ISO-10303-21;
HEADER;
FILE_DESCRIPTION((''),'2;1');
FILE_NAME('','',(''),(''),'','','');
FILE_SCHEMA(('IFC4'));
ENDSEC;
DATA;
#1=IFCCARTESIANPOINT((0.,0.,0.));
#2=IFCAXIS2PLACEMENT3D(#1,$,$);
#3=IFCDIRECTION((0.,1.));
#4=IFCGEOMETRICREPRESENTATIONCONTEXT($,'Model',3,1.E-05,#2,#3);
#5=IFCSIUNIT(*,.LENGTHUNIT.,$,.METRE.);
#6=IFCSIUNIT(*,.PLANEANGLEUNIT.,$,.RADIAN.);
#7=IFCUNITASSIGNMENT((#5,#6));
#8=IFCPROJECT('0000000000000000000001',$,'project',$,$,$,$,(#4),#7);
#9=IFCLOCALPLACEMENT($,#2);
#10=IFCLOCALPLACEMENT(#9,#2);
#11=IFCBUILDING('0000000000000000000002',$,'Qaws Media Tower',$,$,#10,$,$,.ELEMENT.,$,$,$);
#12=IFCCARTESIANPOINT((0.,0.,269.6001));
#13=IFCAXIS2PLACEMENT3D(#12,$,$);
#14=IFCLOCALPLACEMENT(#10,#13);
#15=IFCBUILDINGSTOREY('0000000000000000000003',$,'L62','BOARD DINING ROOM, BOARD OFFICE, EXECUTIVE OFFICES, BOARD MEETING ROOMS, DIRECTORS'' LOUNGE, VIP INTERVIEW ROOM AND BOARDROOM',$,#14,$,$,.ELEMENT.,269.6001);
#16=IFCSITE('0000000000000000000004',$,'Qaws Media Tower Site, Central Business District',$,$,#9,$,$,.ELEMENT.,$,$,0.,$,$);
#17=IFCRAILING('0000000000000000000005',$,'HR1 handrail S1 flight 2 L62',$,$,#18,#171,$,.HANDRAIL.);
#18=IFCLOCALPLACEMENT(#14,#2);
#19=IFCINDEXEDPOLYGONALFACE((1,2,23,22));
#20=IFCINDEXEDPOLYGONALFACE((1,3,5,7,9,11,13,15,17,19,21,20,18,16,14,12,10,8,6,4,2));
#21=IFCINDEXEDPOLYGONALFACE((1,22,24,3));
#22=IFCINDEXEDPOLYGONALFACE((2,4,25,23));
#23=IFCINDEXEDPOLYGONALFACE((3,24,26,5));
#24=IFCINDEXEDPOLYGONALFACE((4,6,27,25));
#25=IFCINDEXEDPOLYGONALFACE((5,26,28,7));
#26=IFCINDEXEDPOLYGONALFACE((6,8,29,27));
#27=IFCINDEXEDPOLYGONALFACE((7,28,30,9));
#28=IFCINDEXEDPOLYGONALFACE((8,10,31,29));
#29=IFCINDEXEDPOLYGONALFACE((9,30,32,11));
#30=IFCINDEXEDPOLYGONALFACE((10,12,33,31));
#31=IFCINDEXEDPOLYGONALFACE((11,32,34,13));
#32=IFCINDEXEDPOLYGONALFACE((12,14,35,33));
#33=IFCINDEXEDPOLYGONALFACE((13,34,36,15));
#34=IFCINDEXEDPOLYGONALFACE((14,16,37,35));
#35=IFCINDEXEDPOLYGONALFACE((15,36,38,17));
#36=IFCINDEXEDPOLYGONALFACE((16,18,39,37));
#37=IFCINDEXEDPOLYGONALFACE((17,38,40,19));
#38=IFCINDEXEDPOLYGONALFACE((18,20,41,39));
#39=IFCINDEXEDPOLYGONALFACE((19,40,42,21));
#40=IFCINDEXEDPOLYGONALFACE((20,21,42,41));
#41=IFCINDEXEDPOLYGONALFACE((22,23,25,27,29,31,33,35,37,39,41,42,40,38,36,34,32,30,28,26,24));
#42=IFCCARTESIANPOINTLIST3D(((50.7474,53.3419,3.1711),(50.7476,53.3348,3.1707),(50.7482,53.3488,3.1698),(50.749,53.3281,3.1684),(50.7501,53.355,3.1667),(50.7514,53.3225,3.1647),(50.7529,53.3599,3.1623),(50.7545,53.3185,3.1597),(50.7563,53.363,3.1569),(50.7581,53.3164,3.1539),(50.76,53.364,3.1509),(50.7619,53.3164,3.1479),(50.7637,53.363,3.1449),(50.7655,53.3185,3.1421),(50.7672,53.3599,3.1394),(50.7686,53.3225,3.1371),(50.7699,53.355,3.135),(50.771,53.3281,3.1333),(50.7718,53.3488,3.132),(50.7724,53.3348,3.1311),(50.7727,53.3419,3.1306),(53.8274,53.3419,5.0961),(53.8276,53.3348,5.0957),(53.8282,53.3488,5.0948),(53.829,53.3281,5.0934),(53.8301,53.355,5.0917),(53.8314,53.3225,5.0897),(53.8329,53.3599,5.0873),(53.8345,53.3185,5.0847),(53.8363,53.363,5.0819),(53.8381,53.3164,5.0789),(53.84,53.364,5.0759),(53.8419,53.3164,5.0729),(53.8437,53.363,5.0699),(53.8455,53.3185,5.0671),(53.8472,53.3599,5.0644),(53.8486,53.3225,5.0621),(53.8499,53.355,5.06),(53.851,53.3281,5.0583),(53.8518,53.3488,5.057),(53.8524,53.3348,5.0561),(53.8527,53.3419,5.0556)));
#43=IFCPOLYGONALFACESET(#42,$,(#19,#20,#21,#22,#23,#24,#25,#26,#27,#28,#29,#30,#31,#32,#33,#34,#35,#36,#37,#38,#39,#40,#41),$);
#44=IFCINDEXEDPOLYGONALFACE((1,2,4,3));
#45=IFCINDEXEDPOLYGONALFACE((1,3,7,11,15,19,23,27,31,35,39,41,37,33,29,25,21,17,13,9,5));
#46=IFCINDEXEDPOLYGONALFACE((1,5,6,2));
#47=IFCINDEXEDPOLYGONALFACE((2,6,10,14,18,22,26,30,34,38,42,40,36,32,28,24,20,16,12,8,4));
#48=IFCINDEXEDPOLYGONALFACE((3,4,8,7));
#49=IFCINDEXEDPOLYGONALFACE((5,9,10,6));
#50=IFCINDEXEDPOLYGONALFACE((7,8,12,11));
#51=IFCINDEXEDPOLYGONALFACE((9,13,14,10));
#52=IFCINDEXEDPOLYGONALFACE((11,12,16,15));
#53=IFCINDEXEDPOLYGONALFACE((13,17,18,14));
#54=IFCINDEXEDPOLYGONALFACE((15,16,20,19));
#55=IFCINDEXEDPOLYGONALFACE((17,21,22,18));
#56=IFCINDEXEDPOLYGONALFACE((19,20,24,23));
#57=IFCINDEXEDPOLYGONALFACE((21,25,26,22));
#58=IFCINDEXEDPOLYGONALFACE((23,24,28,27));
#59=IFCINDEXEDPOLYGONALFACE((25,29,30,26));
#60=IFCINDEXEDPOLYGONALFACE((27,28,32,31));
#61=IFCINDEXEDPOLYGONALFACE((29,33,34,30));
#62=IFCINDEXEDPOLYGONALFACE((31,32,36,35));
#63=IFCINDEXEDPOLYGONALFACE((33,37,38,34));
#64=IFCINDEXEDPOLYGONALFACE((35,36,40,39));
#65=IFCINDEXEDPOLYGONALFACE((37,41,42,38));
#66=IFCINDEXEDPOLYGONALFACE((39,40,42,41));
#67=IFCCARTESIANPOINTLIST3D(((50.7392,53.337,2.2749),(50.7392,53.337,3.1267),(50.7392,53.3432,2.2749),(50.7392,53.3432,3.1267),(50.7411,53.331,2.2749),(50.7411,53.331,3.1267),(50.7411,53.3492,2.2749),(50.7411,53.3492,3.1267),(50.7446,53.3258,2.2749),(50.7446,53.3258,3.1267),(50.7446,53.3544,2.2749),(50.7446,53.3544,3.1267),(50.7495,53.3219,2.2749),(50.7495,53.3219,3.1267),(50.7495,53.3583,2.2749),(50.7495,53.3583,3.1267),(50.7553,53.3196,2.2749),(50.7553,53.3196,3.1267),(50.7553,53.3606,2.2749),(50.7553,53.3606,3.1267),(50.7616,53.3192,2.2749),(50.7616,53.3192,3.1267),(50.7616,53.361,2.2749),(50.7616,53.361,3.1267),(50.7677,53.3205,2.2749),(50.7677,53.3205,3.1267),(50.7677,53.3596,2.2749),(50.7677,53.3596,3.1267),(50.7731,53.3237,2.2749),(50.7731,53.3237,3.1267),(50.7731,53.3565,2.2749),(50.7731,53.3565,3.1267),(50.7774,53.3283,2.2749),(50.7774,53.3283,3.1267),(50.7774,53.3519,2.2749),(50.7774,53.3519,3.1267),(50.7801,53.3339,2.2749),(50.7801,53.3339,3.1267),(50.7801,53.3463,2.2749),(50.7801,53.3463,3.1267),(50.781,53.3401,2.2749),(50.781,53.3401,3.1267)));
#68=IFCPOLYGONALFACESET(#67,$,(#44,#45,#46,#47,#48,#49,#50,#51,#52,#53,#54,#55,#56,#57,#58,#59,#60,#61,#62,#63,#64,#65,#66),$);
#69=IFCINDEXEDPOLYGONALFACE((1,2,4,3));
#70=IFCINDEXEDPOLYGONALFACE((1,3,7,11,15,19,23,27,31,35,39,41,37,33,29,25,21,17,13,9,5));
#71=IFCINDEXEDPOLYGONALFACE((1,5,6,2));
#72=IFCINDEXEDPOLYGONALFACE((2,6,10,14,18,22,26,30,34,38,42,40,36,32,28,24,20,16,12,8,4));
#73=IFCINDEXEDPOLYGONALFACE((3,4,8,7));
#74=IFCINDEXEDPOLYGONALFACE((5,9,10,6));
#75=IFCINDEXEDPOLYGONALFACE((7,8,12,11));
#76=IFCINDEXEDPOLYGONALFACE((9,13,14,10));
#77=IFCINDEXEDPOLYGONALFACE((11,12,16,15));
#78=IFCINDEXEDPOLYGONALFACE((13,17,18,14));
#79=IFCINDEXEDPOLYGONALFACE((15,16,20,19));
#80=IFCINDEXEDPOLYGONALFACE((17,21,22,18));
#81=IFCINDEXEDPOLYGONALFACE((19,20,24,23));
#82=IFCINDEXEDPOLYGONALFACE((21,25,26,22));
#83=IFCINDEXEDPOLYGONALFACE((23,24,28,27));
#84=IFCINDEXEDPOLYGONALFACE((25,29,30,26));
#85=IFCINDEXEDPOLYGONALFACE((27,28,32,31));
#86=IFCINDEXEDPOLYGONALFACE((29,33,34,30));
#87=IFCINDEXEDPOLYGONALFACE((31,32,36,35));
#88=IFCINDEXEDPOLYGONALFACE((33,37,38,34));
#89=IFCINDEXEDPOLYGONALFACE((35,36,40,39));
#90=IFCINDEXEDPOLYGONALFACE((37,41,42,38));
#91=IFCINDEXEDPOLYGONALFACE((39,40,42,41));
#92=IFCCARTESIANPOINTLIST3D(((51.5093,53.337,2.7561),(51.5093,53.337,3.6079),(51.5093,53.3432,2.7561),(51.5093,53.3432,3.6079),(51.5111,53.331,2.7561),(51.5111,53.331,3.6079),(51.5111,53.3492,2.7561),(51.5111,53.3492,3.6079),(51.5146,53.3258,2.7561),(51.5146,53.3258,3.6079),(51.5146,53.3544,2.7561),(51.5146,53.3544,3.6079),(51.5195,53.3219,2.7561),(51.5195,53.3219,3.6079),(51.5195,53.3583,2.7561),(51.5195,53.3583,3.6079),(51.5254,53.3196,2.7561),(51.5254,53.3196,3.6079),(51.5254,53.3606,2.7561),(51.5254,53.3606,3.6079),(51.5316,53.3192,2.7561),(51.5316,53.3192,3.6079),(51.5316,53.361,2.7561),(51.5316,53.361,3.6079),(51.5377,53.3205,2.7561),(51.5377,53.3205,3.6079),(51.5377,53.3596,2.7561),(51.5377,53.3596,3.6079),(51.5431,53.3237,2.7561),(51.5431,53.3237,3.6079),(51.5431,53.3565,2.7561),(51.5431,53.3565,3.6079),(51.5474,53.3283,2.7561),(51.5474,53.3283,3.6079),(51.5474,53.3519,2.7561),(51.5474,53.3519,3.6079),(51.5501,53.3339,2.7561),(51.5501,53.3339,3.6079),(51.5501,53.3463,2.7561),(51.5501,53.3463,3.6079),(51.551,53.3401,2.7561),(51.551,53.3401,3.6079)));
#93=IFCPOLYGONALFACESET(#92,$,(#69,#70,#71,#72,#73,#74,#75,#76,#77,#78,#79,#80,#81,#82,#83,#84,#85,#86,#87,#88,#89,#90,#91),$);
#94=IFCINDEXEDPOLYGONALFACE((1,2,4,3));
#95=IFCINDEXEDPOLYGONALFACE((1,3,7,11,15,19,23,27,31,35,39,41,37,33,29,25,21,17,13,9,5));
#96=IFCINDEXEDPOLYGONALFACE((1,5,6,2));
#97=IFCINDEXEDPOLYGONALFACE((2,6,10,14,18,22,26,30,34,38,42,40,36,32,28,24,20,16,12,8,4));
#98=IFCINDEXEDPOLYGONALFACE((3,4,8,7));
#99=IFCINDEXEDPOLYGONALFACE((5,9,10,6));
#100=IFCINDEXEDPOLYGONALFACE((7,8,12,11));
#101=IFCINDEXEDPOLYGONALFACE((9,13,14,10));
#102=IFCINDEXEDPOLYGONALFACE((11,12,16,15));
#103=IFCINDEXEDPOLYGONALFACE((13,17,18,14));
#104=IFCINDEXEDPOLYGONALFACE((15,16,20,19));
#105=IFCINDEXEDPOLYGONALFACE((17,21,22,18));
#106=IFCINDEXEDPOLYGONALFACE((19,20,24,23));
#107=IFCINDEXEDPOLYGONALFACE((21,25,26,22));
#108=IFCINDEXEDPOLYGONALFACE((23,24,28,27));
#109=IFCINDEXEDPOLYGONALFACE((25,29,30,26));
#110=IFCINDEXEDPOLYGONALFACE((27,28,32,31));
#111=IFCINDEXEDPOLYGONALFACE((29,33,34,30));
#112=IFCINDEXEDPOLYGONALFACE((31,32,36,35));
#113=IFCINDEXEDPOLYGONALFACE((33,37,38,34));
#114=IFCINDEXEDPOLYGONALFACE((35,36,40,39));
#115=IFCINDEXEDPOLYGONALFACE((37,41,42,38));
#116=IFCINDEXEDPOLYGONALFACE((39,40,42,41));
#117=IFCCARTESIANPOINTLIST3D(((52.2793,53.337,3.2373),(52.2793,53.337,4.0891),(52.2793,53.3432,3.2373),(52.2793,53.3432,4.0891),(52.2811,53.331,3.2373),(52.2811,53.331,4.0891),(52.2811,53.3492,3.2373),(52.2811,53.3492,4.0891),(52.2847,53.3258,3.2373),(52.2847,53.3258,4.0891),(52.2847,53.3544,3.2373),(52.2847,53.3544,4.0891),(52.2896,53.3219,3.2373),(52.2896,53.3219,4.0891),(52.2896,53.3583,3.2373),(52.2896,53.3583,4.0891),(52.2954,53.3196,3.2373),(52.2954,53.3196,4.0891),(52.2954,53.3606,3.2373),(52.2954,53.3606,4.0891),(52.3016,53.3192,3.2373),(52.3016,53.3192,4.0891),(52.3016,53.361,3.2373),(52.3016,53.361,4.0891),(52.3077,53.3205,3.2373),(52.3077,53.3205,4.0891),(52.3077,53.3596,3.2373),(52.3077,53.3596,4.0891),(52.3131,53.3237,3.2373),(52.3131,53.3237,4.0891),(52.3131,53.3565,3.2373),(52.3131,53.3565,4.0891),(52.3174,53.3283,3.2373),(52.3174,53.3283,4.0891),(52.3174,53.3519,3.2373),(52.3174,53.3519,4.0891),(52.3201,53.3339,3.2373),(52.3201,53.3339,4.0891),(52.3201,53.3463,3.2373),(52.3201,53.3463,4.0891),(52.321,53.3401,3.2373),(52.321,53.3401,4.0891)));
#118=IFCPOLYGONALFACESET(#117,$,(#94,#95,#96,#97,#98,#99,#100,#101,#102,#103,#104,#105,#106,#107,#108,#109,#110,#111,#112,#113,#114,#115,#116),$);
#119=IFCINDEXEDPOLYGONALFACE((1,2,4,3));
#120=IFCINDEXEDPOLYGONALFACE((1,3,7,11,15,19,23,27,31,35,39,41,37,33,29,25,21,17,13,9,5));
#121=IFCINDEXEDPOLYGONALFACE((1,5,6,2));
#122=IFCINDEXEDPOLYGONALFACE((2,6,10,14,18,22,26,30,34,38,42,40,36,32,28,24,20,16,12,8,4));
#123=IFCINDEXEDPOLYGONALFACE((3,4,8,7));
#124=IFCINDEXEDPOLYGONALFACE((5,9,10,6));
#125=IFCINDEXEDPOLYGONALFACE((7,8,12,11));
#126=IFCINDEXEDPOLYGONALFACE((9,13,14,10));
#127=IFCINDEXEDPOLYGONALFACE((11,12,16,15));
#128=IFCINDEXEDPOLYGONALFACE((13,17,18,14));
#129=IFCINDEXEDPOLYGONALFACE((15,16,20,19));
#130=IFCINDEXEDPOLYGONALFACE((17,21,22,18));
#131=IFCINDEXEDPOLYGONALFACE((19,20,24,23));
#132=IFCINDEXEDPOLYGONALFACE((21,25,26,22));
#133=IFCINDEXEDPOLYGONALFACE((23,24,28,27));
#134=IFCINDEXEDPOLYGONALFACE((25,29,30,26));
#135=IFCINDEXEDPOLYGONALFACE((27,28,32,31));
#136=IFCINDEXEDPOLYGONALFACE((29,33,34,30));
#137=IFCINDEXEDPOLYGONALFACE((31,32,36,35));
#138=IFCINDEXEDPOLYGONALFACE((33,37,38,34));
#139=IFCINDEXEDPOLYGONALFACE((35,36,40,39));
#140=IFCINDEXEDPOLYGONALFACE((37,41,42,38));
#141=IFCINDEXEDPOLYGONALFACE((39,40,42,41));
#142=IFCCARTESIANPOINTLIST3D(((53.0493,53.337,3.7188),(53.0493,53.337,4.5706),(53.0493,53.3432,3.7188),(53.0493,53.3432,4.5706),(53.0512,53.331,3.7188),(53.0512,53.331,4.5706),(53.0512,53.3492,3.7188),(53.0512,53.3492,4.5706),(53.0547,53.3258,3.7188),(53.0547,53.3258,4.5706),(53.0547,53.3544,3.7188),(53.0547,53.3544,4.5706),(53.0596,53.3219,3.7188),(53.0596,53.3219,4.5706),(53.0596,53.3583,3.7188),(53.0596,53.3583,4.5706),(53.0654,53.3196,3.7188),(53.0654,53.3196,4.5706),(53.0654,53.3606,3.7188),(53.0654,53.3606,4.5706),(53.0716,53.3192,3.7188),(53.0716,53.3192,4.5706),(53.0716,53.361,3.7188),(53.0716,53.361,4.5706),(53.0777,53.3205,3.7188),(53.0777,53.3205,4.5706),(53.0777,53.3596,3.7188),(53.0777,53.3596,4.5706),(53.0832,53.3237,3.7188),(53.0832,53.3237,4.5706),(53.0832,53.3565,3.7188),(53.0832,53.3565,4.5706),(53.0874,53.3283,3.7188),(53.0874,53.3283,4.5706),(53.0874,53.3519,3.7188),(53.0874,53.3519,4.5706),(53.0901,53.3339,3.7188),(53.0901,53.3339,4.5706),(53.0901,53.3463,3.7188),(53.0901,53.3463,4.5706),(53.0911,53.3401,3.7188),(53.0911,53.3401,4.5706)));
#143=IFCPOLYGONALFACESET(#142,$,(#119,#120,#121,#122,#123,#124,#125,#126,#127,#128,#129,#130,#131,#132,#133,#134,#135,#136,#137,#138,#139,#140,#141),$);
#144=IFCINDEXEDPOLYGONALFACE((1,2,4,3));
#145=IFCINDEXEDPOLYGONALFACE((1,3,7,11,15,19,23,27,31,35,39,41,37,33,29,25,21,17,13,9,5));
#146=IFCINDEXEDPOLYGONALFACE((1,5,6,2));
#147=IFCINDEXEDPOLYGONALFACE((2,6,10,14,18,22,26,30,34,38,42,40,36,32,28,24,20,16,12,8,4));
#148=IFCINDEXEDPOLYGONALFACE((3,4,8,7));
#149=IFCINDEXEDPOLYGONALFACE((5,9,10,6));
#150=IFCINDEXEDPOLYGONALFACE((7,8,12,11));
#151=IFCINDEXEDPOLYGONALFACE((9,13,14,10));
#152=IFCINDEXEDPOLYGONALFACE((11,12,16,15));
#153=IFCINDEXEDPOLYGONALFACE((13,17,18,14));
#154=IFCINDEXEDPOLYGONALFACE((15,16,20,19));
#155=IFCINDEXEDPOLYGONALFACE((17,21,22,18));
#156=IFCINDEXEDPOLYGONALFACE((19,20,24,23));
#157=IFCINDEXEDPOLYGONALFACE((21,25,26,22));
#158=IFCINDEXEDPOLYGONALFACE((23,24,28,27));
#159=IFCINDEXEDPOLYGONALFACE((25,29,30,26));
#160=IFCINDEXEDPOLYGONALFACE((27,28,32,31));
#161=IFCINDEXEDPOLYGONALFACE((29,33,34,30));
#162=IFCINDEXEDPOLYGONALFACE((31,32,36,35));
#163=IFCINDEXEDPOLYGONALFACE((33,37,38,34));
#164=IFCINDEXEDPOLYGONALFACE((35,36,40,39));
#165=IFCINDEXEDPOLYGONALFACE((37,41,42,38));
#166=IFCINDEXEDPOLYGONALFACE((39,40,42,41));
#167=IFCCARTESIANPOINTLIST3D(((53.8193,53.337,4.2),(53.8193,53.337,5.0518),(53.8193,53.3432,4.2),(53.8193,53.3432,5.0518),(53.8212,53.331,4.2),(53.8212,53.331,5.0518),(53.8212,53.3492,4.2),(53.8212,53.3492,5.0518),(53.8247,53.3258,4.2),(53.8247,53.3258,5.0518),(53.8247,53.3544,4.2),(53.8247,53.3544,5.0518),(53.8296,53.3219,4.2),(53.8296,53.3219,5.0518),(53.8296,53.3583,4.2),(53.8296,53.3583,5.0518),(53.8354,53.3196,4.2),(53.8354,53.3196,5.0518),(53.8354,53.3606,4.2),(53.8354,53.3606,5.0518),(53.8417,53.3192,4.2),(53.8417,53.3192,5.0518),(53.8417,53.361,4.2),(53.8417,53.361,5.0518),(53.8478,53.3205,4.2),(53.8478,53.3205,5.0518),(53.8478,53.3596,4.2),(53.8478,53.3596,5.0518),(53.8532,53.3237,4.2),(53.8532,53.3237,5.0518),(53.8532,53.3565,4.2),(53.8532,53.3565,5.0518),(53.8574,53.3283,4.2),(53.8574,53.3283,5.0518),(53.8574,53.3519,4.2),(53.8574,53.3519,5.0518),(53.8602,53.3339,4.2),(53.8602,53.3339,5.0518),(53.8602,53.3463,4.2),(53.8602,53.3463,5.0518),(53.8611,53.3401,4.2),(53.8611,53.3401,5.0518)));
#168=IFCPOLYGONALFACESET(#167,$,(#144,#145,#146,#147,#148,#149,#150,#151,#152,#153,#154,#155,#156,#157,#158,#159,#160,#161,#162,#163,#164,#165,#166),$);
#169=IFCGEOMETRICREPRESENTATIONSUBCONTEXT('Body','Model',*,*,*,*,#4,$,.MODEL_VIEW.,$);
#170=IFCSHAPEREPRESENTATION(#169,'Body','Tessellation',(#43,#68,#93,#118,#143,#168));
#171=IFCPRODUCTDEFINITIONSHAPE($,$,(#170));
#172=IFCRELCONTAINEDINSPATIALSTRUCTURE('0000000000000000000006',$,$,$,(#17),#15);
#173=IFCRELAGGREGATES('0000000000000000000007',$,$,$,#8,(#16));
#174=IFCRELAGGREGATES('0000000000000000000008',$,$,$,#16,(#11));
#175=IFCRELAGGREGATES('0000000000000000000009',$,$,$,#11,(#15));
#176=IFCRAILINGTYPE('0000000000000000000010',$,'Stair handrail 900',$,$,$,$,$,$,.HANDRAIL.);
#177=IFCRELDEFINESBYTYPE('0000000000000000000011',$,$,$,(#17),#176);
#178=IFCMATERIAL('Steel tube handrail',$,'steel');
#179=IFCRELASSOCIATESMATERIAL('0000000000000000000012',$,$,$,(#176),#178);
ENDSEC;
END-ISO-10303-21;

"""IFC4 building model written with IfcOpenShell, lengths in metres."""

from ifc_helpers import new_model, si_unit, direction, frame, origin, origin_2d, place, context, subcontext, project, spatial, circle, extrude, material, type_object, element, save


model = new_model("IFC4")

# Units and contexts
model_context = context("Model", 3, precision=1e-05, world=origin(), true_north=direction((0.0, 1.0)))
body_context = subcontext(model_context, "Body", "Model", "MODEL_VIEW")
ifc_project = project(units=[si_unit("LENGTHUNIT", "METRE"), si_unit("PLANEANGLEUNIT", "RADIAN")], contexts=[model_context])

# Site, building, storey
site_placement = place(None, origin())
site = spatial("IfcSite", under=ifc_project, at=site_placement, Name="Qaws Media Tower Site, Central Business District", CompositionType="ELEMENT", RefElevation=0.0)
building_placement = place(site_placement, origin())
building = spatial("IfcBuilding", under=site, at=building_placement, Name="Qaws Media Tower", CompositionType="ELEMENT")
storey_placement = place(building_placement, frame((0.0, 0.0, 269.6001)))
storey = spatial("IfcBuildingStorey", under=building, at=storey_placement, Name="L62", Description="BOARD DINING ROOM, BOARD OFFICE, EXECUTIVE OFFICES, BOARD MEETING ROOMS, DIRECTORS' LOUNGE, VIP INTERVIEW ROOM AND BOARDROOM", CompositionType="ELEMENT", Elevation=269.6001)

# Railing
ifc_material_1 = material(Name="Steel tube handrail", Category="steel")
railing_type = type_object("IfcRailingType", Name="Stair handrail 900", PredefinedType="HANDRAIL", material=ifc_material_1)
for number, where, name in (
    (1, (50.76, 53.3401, 2.2749), "HR1 handrail S1 flight 2 L62"),
):
    element("IfcRailing", number, at=place(storey_placement, frame(where)), inside=storey, type_object=railing_type, Name=name, PredefinedType="HANDRAIL", context=body_context, shape_type="SweptSolid", body=[
        extrude(circle(Radius=0.0239, at=origin_2d()), frame((0.0, 0.0, 0.876), z_axis=(0.847998, 0.0, 0.529999), x_axis=(0.0, 1.0, 0.0)), (0.0, 0.0, 1.0), 3.6321),
        extrude(circle(Radius=0.021, at=origin_2d()), origin(), (0.0, 0.0, 1.0), 0.8518),
        extrude(circle(Radius=0.021, at=origin_2d()), frame((0.77, 0.0, 0.4812)), (0.0, 0.0, 1.0), 0.8518),
        extrude(circle(Radius=0.021, at=origin_2d()), frame((1.54, 0.0, 0.9624)), (0.0, 0.0, 1.0), 0.8518),
        extrude(circle(Radius=0.021, at=origin_2d()), frame((2.3101, 0.0, 1.4438)), (0.0, 0.0, 1.0), 0.8518),
        extrude(circle(Radius=0.021, at=origin_2d()), frame((3.0801, 0.0, 1.925)), (0.0, 0.0, 1.0), 0.8518),
    ])

save(model, "model.ifc")
